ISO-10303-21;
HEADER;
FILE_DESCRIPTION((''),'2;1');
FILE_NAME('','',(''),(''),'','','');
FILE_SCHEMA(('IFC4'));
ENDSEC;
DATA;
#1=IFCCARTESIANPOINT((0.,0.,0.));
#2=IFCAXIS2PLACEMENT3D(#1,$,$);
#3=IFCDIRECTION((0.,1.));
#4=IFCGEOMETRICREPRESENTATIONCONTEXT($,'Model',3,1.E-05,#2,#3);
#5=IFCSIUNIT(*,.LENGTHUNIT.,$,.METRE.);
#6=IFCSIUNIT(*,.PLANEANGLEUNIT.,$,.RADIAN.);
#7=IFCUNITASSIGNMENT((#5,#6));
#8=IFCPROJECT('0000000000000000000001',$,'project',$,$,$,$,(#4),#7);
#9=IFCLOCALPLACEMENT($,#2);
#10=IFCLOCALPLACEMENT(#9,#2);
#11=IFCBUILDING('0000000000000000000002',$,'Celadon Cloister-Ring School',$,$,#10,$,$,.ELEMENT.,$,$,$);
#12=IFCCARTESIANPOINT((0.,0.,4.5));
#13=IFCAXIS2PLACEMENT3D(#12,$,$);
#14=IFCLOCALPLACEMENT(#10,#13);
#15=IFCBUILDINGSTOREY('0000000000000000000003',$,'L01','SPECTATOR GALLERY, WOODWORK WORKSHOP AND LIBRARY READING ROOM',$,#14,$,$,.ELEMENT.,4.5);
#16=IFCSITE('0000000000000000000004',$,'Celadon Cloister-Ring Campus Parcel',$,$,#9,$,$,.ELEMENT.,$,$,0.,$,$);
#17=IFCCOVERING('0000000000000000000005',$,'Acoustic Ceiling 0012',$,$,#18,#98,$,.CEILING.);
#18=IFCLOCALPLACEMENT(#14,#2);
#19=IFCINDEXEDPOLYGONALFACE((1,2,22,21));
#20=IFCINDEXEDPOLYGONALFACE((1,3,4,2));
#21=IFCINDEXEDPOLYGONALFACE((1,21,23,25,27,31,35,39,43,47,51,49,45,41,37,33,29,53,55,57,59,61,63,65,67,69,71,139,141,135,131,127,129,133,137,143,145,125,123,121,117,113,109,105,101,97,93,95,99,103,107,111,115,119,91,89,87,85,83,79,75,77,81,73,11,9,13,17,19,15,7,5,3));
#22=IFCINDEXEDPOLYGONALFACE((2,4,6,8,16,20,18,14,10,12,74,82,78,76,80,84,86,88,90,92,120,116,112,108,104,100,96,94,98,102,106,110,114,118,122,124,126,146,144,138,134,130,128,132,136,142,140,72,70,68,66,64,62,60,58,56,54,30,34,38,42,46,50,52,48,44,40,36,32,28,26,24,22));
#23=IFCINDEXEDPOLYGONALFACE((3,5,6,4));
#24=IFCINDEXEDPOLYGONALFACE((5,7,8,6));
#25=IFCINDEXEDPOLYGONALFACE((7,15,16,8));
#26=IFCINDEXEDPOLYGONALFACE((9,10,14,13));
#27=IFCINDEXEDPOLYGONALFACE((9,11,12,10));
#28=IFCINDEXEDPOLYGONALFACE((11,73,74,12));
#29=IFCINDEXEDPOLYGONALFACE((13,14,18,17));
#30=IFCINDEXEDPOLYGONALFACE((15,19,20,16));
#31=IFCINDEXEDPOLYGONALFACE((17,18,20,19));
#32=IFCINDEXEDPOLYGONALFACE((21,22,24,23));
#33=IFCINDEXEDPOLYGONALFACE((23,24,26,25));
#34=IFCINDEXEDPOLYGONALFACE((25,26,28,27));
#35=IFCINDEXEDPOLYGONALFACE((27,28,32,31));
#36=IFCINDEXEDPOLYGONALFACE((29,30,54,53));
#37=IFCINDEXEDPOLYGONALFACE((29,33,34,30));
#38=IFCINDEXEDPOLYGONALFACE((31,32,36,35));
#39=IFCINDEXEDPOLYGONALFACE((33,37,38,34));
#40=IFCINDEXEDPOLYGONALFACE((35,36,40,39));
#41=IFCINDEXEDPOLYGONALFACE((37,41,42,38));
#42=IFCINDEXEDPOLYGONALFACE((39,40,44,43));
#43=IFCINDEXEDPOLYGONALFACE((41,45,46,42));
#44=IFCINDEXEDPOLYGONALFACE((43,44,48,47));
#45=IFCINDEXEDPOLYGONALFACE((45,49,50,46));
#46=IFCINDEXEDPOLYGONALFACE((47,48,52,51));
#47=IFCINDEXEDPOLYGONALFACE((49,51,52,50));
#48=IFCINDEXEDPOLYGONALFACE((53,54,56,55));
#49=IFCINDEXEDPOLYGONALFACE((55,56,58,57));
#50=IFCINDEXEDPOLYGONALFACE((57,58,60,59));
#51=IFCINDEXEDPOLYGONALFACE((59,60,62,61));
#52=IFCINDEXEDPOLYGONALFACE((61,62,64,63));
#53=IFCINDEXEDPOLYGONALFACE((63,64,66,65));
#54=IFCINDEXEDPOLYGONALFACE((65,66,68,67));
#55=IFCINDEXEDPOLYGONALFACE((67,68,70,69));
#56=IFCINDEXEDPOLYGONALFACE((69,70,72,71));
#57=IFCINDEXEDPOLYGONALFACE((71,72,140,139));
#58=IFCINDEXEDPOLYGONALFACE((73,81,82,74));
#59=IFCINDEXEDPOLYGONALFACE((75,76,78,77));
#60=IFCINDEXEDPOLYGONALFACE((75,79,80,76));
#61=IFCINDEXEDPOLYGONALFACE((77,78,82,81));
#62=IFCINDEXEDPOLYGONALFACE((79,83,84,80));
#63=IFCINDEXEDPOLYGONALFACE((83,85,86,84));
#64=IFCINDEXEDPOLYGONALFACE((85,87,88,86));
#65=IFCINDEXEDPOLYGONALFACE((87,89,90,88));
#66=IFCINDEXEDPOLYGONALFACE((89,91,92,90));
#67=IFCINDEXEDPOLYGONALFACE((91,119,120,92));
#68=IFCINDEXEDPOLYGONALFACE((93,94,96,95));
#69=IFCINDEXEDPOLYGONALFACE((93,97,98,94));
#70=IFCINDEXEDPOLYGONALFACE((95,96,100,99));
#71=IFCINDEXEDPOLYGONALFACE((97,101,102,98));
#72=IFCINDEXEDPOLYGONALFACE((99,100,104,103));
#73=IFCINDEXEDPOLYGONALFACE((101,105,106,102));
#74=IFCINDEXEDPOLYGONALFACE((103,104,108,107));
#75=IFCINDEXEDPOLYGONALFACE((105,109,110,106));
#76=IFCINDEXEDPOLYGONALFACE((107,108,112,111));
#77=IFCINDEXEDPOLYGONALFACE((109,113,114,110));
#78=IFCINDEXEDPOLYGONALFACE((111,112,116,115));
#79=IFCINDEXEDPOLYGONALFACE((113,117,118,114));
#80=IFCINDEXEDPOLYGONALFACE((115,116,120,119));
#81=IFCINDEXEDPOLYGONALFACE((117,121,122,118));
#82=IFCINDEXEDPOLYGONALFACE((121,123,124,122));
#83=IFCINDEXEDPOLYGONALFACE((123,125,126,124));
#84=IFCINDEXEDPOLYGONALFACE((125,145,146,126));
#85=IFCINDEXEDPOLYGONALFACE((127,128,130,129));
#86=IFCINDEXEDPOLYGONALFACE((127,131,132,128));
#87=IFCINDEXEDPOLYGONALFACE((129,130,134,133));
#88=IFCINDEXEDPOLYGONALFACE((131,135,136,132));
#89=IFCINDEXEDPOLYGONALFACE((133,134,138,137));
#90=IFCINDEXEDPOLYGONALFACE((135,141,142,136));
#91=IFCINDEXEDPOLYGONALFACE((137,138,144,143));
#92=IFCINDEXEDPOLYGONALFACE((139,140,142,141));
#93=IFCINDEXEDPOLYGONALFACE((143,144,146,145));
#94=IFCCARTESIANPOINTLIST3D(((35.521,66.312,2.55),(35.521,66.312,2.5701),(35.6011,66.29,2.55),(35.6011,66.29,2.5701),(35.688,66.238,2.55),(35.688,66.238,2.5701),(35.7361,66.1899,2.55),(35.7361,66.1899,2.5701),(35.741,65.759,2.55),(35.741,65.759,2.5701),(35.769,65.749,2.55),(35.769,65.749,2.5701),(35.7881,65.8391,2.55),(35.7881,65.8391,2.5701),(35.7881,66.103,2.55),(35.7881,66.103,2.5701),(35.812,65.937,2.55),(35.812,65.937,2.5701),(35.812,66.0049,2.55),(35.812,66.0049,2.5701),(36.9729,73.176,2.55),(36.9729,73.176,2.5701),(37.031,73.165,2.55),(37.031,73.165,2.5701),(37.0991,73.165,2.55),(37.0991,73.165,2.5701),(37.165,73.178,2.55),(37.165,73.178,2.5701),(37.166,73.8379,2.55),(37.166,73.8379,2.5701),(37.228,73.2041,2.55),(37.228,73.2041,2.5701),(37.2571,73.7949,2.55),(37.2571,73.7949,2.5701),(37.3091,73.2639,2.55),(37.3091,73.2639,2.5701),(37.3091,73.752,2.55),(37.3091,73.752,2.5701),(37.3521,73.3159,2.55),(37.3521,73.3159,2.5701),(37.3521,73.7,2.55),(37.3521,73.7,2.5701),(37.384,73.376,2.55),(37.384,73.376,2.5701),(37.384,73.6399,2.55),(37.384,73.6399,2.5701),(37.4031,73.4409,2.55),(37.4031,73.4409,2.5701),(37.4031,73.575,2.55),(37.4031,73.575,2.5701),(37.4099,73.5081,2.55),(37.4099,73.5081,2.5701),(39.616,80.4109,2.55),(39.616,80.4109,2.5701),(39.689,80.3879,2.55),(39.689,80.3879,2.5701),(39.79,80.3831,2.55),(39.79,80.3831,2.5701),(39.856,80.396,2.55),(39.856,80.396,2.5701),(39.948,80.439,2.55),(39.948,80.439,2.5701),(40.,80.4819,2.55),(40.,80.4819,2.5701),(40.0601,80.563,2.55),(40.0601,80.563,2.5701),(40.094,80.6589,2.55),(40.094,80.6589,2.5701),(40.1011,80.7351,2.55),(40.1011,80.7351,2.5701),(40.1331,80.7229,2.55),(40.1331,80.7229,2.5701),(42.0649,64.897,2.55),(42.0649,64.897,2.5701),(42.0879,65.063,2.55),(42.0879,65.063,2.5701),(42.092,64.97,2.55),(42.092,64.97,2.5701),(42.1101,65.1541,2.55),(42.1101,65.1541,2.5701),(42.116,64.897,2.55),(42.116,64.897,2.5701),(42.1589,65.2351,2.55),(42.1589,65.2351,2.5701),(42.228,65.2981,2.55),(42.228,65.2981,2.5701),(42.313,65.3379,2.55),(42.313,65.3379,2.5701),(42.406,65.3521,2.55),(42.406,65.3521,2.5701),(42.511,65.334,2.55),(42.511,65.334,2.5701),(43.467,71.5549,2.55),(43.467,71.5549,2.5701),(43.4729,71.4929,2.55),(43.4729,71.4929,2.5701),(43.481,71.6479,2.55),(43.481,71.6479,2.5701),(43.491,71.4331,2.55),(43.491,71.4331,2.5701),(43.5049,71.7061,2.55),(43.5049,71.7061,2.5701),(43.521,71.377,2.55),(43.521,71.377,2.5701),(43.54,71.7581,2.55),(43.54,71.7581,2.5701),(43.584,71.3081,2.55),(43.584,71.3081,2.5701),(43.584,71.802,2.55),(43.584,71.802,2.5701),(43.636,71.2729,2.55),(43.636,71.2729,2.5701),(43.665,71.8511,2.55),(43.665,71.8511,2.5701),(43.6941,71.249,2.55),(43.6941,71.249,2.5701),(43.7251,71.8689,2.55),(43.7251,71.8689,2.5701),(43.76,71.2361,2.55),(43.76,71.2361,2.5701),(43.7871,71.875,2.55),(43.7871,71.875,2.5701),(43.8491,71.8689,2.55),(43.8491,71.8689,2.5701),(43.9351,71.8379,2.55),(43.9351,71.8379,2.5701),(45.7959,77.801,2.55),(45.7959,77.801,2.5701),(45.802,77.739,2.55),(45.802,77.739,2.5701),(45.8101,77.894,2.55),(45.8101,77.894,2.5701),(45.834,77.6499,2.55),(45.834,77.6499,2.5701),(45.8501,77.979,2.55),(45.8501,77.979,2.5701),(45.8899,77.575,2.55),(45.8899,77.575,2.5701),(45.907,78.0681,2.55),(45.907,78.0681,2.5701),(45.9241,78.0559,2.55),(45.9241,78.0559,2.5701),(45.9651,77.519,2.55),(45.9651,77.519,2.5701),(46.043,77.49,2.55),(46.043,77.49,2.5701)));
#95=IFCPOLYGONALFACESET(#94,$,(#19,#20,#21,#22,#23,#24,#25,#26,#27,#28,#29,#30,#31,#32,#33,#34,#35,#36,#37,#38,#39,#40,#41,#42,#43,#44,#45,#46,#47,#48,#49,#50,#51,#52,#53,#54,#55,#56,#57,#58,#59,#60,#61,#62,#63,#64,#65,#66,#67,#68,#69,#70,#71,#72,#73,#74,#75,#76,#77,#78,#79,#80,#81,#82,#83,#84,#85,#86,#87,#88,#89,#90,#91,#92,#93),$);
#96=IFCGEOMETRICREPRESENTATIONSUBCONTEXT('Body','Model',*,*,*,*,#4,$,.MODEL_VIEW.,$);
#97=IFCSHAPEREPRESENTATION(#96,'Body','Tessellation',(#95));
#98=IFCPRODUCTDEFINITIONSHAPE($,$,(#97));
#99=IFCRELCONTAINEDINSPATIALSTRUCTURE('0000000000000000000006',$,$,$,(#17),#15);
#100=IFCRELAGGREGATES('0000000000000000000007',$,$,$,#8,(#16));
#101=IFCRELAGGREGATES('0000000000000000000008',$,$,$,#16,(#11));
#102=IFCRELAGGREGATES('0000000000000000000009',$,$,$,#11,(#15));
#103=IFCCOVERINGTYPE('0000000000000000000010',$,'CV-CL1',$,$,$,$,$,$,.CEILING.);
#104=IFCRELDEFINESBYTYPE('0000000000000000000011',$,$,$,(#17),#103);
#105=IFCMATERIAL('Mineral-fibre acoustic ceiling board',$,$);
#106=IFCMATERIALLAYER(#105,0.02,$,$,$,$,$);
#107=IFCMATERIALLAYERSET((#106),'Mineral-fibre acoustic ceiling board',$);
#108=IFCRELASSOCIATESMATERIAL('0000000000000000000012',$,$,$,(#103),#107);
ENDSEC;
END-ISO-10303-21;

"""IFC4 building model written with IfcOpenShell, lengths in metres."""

from ifc_helpers import new_model, si_unit, direction, frame, origin, place, context, subcontext, project, spatial, polyline, outline, extrude, material, layer, layer_set, type_object, element, save


model = new_model("IFC4")

# Units and contexts
model_context = context("Model", 3, precision=1e-05, world=origin(), true_north=direction((0.0, 1.0)))
body_context = subcontext(model_context, "Body", "Model", "MODEL_VIEW")
ifc_project = project(units=[si_unit("LENGTHUNIT", "METRE"), si_unit("PLANEANGLEUNIT", "RADIAN")], contexts=[model_context])

# Site, building, storey
site_placement = place(None, origin())
site = spatial("IfcSite", under=ifc_project, at=site_placement, Name="Celadon Cloister-Ring Campus Parcel", CompositionType="ELEMENT", RefElevation=0.0)
building_placement = place(site_placement, origin())
building = spatial("IfcBuilding", under=site, at=building_placement, Name="Celadon Cloister-Ring School", CompositionType="ELEMENT")
storey_placement = place(building_placement, frame((0.0, 0.0, 4.5)))
storey = spatial("IfcBuildingStorey", under=building, at=storey_placement, Name="L01", Description="SPECTATOR GALLERY, WOODWORK WORKSHOP AND LIBRARY READING ROOM", CompositionType="ELEMENT", Elevation=4.5)

# Covering
ifc_material_1 = material(Name="Mineral-fibre acoustic ceiling board")
ifc_layer_1 = layer(ifc_material_1, 0.02)
ifc_layer_set_1 = layer_set([ifc_layer_1], Name="Mineral-fibre acoustic ceiling board")
covering_type_1 = type_object("IfcCoveringType", Name="CV-CL1", PredefinedType="CEILING", material=ifc_layer_set_1)
covering_1_placement = place(storey_placement, frame((0.0, 0.0, 2.55)))
element("IfcCovering", 1, at=covering_1_placement, inside=storey, type_object=covering_type_1, Name="Acoustic Ceiling 0012", PredefinedType="CEILING", context=body_context, shape_type="SweptSolid", body=[
    extrude(outline(polyline([(39.616, 80.4109), (39.689, 80.3879), (39.79, 80.3831), (39.856, 80.396), (39.948, 80.439), (40.0, 80.4819), (40.0601, 80.563), (40.094, 80.6589), (40.1011, 80.7351), (40.1331, 80.7229), (45.907, 78.0681), (45.9241, 78.0559), (45.8501, 77.979), (45.8101, 77.894), (45.7959, 77.801), (45.802, 77.739), (45.834, 77.6499), (45.8899, 77.575), (45.9651, 77.519), (46.043, 77.49), (43.9351, 71.8379), (43.8491, 71.8689), (43.7871, 71.875), (43.7251, 71.8689), (43.665, 71.8511), (43.584, 71.802), (43.54, 71.7581), (43.5049, 71.7061), (43.481, 71.6479), (43.467, 71.5549), (43.4729, 71.4929), (43.491, 71.4331), (43.521, 71.377), (43.584, 71.3081), (43.636, 71.2729), (43.6941, 71.249), (43.76, 71.2361), (42.511, 65.334), (42.406, 65.3521), (42.313, 65.3379), (42.228, 65.2981), (42.1589, 65.2351), (42.1101, 65.1541), (42.0879, 65.063), (42.092, 64.97), (42.116, 64.897), (42.0649, 64.897), (35.769, 65.749), (35.741, 65.759), (35.7881, 65.8391), (35.812, 65.937), (35.812, 66.0049), (35.7881, 66.103), (35.7361, 66.1899), (35.688, 66.238), (35.6011, 66.29), (35.521, 66.312), (36.9729, 73.176), (37.031, 73.165), (37.0991, 73.165), (37.165, 73.178), (37.228, 73.2041), (37.3091, 73.2639), (37.3521, 73.3159), (37.384, 73.376), (37.4031, 73.4409), (37.4099, 73.5081), (37.4031, 73.575), (37.384, 73.6399), (37.3521, 73.7), (37.3091, 73.752), (37.2571, 73.7949), (37.166, 73.8379), (39.616, 80.4109)])), origin(), (0.0, 0.0, 1.0), 0.02),
])

save(model, "model.ifc")
